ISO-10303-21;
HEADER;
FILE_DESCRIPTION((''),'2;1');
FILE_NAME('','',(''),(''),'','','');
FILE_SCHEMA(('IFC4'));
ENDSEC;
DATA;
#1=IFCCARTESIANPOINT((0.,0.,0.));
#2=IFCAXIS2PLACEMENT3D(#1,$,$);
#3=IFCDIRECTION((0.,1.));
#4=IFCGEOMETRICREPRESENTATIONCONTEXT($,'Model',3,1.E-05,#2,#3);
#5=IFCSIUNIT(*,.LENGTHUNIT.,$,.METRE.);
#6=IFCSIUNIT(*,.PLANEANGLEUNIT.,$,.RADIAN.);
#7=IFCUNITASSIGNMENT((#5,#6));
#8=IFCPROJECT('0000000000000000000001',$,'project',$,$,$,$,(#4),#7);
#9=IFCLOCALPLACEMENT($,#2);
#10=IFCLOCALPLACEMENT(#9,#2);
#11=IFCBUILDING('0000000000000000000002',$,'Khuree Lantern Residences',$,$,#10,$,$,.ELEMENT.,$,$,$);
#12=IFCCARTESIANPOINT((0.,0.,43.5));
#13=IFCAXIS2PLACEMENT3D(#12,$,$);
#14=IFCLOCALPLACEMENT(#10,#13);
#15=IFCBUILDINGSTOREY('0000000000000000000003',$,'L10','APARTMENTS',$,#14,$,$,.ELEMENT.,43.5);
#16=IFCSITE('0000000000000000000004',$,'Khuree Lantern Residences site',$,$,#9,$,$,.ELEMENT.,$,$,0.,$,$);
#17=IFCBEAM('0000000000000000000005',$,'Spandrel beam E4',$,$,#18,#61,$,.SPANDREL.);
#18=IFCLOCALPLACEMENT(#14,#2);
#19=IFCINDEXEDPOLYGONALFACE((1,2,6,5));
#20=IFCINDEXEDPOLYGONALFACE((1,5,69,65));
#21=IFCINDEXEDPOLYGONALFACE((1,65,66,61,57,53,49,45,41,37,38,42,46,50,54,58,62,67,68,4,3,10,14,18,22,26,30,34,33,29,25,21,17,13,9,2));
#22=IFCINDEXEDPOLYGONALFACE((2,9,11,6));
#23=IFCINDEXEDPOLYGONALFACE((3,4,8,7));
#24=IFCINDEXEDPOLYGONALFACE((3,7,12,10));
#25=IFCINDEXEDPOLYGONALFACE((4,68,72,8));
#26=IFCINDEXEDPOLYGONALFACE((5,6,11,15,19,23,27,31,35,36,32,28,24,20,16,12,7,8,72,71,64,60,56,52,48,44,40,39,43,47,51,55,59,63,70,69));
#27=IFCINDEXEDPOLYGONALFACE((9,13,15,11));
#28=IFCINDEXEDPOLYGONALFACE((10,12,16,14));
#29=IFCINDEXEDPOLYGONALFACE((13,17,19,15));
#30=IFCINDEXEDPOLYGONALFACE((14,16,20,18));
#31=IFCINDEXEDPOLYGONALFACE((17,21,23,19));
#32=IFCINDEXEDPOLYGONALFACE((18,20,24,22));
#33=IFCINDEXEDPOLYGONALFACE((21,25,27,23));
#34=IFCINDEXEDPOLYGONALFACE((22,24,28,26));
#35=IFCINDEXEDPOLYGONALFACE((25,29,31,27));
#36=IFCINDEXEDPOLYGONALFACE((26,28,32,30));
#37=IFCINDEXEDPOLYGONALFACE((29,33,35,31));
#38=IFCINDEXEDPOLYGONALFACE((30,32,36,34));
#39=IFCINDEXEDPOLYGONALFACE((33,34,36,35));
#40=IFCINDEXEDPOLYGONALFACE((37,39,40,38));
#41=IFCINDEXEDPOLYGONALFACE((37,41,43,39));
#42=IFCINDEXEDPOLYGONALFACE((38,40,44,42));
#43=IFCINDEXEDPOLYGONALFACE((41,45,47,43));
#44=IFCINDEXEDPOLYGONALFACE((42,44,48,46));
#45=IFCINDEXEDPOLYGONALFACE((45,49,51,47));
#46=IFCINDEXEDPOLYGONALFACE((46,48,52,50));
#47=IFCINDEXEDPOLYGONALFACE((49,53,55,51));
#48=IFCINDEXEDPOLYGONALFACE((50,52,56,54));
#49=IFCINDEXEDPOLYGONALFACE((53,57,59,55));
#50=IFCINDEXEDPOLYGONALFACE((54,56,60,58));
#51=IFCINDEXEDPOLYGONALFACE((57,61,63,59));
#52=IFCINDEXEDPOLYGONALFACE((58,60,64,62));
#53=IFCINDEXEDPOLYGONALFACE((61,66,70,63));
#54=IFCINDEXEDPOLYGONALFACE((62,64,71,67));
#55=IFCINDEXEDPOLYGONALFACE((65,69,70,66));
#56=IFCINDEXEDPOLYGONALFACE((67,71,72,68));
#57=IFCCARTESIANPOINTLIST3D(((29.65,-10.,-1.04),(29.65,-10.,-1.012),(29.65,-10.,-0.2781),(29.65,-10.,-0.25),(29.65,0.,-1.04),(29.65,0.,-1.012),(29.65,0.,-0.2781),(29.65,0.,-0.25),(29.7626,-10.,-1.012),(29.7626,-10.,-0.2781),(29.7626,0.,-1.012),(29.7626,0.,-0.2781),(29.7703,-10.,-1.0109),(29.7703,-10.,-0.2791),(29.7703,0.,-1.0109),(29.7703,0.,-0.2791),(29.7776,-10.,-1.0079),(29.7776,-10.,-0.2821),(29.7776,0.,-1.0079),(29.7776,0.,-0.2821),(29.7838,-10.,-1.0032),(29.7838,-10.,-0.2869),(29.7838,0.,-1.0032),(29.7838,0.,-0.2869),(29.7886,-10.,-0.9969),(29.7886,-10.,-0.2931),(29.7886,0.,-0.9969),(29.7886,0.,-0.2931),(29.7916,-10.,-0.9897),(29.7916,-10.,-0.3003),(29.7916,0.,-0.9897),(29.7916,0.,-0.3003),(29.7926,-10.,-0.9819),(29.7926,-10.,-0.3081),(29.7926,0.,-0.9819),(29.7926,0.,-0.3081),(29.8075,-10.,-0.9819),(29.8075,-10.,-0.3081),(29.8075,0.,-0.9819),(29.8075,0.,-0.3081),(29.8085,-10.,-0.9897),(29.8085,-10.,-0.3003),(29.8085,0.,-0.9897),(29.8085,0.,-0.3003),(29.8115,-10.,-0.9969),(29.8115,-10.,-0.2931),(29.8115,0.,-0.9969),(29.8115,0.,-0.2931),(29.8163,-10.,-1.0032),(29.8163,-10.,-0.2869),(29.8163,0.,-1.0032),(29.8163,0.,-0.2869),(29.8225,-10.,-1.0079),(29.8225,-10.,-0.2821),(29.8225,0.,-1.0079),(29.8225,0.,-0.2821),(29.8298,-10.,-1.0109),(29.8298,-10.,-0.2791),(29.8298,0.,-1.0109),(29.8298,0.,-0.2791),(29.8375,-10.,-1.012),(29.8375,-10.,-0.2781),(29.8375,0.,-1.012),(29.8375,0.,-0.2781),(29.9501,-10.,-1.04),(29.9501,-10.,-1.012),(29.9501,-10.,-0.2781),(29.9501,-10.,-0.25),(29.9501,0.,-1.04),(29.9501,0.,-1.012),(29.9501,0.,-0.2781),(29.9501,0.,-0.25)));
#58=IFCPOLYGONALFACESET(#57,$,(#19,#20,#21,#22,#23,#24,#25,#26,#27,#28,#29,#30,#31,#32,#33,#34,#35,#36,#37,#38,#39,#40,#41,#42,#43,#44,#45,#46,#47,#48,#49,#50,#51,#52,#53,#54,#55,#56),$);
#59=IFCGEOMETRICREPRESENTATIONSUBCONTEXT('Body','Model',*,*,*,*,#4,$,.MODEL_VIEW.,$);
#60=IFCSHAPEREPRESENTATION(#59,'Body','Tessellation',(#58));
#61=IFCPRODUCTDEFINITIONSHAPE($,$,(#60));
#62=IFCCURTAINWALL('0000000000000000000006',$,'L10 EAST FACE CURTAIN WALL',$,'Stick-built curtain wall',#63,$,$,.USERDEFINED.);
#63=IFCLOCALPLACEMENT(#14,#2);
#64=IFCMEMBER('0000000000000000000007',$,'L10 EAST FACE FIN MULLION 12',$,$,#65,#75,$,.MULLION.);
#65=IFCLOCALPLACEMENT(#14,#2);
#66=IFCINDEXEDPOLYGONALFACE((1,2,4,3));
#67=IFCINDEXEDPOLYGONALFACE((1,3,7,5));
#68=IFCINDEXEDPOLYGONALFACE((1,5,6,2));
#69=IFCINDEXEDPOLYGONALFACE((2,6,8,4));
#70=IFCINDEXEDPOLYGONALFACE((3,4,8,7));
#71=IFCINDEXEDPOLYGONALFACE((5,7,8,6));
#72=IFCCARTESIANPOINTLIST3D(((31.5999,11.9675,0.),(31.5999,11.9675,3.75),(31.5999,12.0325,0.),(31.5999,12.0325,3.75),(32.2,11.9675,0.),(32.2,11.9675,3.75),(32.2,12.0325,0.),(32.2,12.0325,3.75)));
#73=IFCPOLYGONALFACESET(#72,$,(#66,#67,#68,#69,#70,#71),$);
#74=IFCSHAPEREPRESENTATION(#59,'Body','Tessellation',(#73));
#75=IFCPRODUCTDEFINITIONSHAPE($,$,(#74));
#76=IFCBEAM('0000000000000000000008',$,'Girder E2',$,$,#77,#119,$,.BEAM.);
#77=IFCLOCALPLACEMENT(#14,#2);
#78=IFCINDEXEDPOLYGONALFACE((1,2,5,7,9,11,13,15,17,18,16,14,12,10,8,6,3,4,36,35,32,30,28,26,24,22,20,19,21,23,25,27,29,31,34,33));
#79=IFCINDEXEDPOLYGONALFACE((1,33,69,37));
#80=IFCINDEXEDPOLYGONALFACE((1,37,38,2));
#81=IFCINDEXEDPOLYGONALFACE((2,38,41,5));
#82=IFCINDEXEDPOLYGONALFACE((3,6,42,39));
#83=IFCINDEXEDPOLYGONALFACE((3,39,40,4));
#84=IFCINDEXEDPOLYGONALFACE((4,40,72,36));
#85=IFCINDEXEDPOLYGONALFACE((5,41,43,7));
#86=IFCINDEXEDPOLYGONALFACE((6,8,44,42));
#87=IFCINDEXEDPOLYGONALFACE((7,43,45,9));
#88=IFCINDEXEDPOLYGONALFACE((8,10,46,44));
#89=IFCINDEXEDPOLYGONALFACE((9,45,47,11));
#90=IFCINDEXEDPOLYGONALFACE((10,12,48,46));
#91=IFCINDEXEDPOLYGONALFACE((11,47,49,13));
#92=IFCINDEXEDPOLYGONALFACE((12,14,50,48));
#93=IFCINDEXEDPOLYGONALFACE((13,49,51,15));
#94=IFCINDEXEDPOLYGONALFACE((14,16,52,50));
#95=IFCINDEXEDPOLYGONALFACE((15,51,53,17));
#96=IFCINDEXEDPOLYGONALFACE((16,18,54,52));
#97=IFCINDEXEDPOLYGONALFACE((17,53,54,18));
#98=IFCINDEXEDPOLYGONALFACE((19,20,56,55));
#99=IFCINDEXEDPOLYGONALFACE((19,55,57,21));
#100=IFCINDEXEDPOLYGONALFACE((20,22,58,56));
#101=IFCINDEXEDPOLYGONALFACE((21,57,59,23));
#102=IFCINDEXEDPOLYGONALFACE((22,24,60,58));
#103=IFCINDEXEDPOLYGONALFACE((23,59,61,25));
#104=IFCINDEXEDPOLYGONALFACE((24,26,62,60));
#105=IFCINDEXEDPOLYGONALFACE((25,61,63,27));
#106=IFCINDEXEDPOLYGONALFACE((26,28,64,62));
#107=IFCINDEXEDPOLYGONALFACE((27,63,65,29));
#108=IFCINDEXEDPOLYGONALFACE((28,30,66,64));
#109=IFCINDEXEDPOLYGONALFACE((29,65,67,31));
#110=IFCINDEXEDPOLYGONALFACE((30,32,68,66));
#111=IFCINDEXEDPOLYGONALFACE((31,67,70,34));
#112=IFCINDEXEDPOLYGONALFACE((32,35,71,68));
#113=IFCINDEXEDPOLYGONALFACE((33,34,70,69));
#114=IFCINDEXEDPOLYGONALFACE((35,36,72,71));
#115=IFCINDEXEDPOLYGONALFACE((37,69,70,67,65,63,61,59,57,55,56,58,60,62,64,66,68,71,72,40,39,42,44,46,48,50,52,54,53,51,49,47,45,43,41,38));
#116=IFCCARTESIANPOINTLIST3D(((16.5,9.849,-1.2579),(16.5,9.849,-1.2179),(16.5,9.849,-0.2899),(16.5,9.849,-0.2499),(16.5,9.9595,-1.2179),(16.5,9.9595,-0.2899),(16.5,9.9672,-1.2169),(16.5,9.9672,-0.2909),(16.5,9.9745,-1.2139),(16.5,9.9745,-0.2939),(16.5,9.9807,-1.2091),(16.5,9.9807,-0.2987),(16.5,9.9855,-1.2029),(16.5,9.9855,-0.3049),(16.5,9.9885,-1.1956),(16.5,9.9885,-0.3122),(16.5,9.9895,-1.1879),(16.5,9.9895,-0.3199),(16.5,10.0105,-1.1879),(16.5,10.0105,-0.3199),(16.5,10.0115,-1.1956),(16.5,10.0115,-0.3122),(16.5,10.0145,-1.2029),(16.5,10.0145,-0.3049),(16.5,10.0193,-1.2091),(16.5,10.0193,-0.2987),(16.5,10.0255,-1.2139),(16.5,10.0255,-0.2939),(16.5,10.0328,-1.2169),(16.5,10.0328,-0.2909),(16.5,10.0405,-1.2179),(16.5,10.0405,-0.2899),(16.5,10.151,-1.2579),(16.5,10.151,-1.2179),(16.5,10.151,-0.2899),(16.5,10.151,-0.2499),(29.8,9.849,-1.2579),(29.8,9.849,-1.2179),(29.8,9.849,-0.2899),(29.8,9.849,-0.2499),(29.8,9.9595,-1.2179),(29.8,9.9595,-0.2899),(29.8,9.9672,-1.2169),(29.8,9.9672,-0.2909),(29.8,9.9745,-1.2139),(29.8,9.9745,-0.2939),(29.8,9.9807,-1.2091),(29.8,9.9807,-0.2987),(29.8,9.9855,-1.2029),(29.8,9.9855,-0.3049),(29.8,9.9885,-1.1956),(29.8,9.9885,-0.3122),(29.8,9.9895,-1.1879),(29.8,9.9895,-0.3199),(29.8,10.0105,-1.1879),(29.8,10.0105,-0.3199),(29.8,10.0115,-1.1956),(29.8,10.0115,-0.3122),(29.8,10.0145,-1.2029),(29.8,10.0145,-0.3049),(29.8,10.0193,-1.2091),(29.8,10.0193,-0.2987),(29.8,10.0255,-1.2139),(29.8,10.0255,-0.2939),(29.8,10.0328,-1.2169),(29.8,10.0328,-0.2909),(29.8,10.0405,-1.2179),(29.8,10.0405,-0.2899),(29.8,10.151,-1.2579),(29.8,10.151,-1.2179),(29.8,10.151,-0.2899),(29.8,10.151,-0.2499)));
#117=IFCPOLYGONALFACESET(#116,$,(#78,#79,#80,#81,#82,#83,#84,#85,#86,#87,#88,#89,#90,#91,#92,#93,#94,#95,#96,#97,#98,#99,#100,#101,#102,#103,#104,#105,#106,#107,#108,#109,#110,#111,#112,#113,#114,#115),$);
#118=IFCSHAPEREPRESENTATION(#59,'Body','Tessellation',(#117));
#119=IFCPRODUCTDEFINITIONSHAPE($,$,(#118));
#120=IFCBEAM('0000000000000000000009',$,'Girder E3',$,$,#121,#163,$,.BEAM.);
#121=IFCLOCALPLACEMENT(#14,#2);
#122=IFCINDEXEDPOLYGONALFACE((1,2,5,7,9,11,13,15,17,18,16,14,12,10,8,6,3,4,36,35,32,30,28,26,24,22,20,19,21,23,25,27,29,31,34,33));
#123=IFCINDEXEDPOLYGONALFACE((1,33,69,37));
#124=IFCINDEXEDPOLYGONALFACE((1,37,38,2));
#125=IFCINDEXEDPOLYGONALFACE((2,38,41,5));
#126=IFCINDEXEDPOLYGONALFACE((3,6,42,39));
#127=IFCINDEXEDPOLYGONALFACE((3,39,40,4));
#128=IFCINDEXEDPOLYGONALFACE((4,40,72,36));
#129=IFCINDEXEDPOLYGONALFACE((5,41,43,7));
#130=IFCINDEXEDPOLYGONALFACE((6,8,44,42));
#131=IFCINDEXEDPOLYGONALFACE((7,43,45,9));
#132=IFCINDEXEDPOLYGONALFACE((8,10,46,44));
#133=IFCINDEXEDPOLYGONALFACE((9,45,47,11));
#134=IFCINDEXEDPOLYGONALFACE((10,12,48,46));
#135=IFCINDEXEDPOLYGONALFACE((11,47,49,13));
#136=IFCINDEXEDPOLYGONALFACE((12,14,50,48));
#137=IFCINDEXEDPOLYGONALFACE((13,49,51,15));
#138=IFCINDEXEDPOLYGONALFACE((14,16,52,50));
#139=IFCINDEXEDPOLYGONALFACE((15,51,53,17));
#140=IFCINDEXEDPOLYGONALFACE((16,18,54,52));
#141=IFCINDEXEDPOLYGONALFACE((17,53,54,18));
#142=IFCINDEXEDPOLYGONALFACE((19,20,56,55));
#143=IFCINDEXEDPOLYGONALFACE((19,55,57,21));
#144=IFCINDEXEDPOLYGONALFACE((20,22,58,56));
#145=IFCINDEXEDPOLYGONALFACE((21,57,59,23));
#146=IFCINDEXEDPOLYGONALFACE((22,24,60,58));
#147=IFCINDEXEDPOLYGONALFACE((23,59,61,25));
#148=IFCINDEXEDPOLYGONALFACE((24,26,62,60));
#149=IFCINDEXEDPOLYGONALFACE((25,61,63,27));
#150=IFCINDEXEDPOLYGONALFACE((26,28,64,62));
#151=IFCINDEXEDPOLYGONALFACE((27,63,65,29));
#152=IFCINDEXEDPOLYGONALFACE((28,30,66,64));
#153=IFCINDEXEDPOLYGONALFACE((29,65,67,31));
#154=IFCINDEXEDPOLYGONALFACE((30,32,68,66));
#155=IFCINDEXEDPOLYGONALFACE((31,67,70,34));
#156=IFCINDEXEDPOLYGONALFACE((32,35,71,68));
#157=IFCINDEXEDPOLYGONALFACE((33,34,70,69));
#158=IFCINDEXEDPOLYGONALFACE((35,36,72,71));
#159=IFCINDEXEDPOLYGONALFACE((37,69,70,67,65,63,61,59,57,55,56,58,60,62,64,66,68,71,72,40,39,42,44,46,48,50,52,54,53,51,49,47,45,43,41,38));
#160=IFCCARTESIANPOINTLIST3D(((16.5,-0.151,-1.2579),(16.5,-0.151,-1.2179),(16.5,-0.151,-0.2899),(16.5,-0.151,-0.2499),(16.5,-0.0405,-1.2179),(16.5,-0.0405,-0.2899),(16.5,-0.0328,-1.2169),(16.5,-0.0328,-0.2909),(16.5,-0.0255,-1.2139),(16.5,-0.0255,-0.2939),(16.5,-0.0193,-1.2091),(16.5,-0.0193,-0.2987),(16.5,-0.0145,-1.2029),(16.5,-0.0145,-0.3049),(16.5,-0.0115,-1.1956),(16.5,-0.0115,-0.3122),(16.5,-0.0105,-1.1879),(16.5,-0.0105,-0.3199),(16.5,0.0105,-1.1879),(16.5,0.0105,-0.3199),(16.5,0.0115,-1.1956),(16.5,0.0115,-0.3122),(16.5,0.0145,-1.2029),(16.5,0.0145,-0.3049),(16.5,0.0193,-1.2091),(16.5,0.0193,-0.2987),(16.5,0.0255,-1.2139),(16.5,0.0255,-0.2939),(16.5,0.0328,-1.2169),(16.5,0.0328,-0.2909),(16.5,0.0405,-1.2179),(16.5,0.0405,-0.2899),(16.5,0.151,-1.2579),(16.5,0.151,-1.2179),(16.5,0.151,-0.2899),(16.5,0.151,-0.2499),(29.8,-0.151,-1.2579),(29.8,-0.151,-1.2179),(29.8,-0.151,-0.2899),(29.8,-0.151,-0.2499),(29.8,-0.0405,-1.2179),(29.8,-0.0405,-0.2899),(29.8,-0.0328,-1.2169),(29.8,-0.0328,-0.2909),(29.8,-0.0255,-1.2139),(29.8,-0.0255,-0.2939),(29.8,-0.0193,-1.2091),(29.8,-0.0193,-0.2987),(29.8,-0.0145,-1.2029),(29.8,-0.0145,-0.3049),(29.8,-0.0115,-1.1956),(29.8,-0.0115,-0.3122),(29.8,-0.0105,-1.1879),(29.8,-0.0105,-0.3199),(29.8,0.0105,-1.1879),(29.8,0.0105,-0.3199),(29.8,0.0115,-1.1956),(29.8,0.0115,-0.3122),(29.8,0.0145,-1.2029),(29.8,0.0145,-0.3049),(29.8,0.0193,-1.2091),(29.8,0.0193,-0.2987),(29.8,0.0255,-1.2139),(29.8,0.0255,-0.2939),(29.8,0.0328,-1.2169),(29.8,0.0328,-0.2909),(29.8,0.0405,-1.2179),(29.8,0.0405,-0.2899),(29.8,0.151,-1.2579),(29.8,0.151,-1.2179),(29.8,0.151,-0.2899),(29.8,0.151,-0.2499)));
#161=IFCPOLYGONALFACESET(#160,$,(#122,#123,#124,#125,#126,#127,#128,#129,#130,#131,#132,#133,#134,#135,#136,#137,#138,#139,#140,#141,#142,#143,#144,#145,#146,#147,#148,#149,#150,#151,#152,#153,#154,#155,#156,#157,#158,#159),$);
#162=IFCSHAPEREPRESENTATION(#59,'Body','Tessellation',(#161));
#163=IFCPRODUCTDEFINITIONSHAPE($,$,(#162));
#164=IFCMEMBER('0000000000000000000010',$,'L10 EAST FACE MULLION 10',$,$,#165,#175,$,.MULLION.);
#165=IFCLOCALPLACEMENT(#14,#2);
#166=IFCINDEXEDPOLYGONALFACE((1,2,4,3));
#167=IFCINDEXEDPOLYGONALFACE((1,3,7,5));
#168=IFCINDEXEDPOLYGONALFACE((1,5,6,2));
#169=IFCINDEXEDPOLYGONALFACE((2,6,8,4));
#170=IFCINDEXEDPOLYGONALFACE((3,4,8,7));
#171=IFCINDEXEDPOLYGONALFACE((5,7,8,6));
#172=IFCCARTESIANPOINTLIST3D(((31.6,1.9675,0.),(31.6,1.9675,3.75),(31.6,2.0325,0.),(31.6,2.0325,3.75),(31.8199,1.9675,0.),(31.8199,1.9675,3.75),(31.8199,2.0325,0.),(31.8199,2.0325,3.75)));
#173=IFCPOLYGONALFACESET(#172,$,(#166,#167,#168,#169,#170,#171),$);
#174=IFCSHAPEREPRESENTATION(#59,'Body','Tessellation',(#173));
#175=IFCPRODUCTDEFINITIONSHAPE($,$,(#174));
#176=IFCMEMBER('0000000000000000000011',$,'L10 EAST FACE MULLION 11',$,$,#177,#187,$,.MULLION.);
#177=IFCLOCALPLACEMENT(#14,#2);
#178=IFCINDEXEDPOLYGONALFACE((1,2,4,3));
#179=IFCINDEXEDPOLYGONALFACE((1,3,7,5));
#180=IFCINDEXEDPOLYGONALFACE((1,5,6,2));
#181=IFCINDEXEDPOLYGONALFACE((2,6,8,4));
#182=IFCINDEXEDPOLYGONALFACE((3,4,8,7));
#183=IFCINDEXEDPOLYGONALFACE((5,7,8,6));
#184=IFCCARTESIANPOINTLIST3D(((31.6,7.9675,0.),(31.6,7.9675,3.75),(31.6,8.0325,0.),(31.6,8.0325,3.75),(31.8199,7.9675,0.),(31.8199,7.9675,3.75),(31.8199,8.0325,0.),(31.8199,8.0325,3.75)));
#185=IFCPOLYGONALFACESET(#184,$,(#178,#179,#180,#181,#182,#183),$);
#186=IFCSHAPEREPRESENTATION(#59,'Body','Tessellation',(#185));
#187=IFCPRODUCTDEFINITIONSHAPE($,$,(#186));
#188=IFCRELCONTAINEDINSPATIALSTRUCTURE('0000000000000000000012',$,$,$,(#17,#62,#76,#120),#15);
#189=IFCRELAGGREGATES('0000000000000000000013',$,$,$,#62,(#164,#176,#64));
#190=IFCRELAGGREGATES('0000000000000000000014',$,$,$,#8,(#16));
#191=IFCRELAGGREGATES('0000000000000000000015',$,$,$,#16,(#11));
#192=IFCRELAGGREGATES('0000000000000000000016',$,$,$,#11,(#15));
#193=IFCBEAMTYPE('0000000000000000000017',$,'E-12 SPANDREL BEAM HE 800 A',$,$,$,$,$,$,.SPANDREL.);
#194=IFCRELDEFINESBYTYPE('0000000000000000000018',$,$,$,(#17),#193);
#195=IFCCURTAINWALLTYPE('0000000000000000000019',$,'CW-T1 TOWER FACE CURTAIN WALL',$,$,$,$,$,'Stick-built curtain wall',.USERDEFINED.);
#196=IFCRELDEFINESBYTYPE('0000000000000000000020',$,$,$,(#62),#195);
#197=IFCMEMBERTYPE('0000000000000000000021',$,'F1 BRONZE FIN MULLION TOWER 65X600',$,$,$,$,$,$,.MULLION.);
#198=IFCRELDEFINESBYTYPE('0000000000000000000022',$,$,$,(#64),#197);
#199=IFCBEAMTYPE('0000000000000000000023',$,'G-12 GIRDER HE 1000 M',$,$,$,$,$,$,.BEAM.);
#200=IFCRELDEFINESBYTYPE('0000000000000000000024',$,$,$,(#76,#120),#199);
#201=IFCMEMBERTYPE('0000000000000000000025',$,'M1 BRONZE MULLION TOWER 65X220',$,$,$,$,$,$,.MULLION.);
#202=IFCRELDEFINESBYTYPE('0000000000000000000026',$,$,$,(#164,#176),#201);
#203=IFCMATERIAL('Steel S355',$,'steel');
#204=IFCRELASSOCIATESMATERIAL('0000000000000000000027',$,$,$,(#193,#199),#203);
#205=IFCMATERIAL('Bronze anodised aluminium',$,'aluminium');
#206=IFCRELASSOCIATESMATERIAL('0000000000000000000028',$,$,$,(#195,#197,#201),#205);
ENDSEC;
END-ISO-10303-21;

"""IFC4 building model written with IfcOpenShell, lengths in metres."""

from ifc_helpers import new_model, si_unit, direction, frame, origin, origin_2d, place, context, subcontext, project, spatial, rectangle, i_section, extrude, material, material_profile, profile_set, type_object, element, aggregate, save


model = new_model("IFC4")

# Units and contexts
model_context = context("Model", 3, precision=1e-05, world=origin(), true_north=direction((0.0, 1.0)))
body_context = subcontext(model_context, "Body", "Model", "MODEL_VIEW")
ifc_project = project(units=[si_unit("LENGTHUNIT", "METRE"), si_unit("PLANEANGLEUNIT", "RADIAN")], contexts=[model_context])

# Site, building, storey
site_placement = place(None, origin())
site = spatial("IfcSite", under=ifc_project, at=site_placement, Name="Khuree Lantern Residences site", CompositionType="ELEMENT", RefElevation=0.0)
building_placement = place(site_placement, origin())
building = spatial("IfcBuilding", under=site, at=building_placement, Name="Khuree Lantern Residences", CompositionType="ELEMENT")
storey_placement = place(building_placement, frame((0.0, 0.0, 43.5)))
storey = spatial("IfcBuildingStorey", under=building, at=storey_placement, Name="L10", Description="APARTMENTS", CompositionType="ELEMENT", Elevation=43.5)

# Beam
ifc_material_1 = material(Name="Steel S355", Category="steel")
ifc_material_profile_1 = material_profile(ifc_material_1, i_section(OverallWidth=0.3, OverallDepth=0.79, WebThickness=0.0149, FlangeThickness=0.0281, FilletRadius=0.03, at=origin_2d()), Name="HE 800 A")
ifc_profile_set_1 = profile_set([ifc_material_profile_1], Name="Steel S355")
beam_type_1 = type_object("IfcBeamType", Name="E-12 SPANDREL BEAM HE 800 A", PredefinedType="SPANDREL", material=ifc_profile_set_1)
for number, where, z_axis, x_axis, name in (
    (1, (29.8, 0.0, -0.645), (0.0, -1.0, 0.0), (1.0, 0.0, 0.0), "Spandrel beam E4"),
):
    element("IfcBeam", number, at=place(storey_placement, frame(where, z_axis=z_axis, x_axis=x_axis)), inside=storey, type_object=beam_type_1, Name=name, PredefinedType="SPANDREL", context=body_context, shape_type="SweptSolid", body=[
        extrude(i_section(OverallWidth=0.3, OverallDepth=0.79, WebThickness=0.0149, FlangeThickness=0.0281, FilletRadius=0.03, at=origin_2d()), origin(), (0.0, 0.0, 1.0), 10.0),
    ])

# Curtain wall, member
ifc_material_2 = material(Name="Bronze anodised aluminium", Category="aluminium")
curtain_wall_type = type_object("IfcCurtainWallType", Name="CW-T1 TOWER FACE CURTAIN WALL", ElementType="Stick-built curtain wall", PredefinedType="USERDEFINED", material=ifc_material_2)
curtain_wall_placement = place(storey_placement, origin())
curtain_wall = element("IfcCurtainWall", 2, at=curtain_wall_placement, inside=storey, type_object=curtain_wall_type, Name="L10 EAST FACE CURTAIN WALL", ObjectType="Stick-built curtain wall", PredefinedType="USERDEFINED")
ifc_material_profile_2 = material_profile(ifc_material_2, rectangle(XDim=0.0649, YDim=0.6001, at=origin_2d()), Name="F1 65X600")
ifc_profile_set_2 = profile_set([ifc_material_profile_2], Name="Bronze anodised aluminium")
member_type_1 = type_object("IfcMemberType", Name="F1 BRONZE FIN MULLION TOWER 65X600", PredefinedType="MULLION", material=ifc_profile_set_2)
member_1_placement = place(storey_placement, frame((31.8999, 12.0, 0.0), z_axis=(0.0, 0.0, 1.0), x_axis=(0.0, 1.0, 0.0)))
member_1 = element("IfcMember", 3, at=member_1_placement, type_object=member_type_1, Name="L10 EAST FACE FIN MULLION 12", PredefinedType="MULLION", context=body_context, shape_type="SweptSolid", body=[
    extrude(rectangle(XDim=0.0649, YDim=0.6001, at=origin_2d()), origin(), (0.0, 0.0, 1.0), 3.75),
])

# Beams
ifc_material_profile_3 = material_profile(ifc_material_1, i_section(OverallWidth=0.302, OverallDepth=1.0081, WebThickness=0.021, FlangeThickness=0.04, FilletRadius=0.03, at=origin_2d()), Name="HE 1000 M")
ifc_profile_set_3 = profile_set([ifc_material_profile_3], Name="Steel S355")
beam_type_2 = type_object("IfcBeamType", Name="G-12 GIRDER HE 1000 M", PredefinedType="BEAM", material=ifc_profile_set_3)
for number, where, z_axis, x_axis, name in (
    (4, (29.8, 10.0, -0.7539), (-1.0, 0.0, 0.0), (0.0, -1.0, 0.0), "Girder E2"),
    (5, (29.8, 0.0, -0.7539), (-1.0, 0.0, 0.0), (0.0, -1.0, 0.0), "Girder E3"),
):
    element("IfcBeam", number, at=place(storey_placement, frame(where, z_axis=z_axis, x_axis=x_axis)), inside=storey, type_object=beam_type_2, Name=name, PredefinedType="BEAM", context=body_context, shape_type="SweptSolid", body=[
        extrude(i_section(OverallWidth=0.302, OverallDepth=1.0081, WebThickness=0.021, FlangeThickness=0.04, FilletRadius=0.03, at=origin_2d()), origin(), (0.0, 0.0, 1.0), 13.3),
    ])

# Members
ifc_material_profile_4 = material_profile(ifc_material_2, rectangle(XDim=0.0649, YDim=0.22, at=origin_2d()), Name="M1 65X220")
ifc_profile_set_4 = profile_set([ifc_material_profile_4], Name="Bronze anodised aluminium")
member_type_2 = type_object("IfcMemberType", Name="M1 BRONZE MULLION TOWER 65X220", PredefinedType="MULLION", material=ifc_profile_set_4)
member_2_placement = place(storey_placement, frame((31.71, 2.0, 0.0), z_axis=(0.0, 0.0, 1.0), x_axis=(0.0, 1.0, 0.0)))
member_2 = element("IfcMember", 6, at=member_2_placement, type_object=member_type_2, Name="L10 EAST FACE MULLION 10", PredefinedType="MULLION", context=body_context, shape_type="SweptSolid", body=[
    extrude(rectangle(XDim=0.0649, YDim=0.22, at=origin_2d()), origin(), (0.0, 0.0, 1.0), 3.75),
])
member_3_placement = place(storey_placement, frame((31.71, 8.0, 0.0), z_axis=(0.0, 0.0, 1.0), x_axis=(0.0, 1.0, 0.0)))
member_3 = element("IfcMember", 7, at=member_3_placement, type_object=member_type_2, Name="L10 EAST FACE MULLION 11", PredefinedType="MULLION", context=body_context, shape_type="SweptSolid", body=[
    extrude(rectangle(XDim=0.0649, YDim=0.22, at=origin_2d()), origin(), (0.0, 0.0, 1.0), 3.75),
])

aggregate(curtain_wall, [member_2, member_3, member_1])

save(model, "model.ifc")
